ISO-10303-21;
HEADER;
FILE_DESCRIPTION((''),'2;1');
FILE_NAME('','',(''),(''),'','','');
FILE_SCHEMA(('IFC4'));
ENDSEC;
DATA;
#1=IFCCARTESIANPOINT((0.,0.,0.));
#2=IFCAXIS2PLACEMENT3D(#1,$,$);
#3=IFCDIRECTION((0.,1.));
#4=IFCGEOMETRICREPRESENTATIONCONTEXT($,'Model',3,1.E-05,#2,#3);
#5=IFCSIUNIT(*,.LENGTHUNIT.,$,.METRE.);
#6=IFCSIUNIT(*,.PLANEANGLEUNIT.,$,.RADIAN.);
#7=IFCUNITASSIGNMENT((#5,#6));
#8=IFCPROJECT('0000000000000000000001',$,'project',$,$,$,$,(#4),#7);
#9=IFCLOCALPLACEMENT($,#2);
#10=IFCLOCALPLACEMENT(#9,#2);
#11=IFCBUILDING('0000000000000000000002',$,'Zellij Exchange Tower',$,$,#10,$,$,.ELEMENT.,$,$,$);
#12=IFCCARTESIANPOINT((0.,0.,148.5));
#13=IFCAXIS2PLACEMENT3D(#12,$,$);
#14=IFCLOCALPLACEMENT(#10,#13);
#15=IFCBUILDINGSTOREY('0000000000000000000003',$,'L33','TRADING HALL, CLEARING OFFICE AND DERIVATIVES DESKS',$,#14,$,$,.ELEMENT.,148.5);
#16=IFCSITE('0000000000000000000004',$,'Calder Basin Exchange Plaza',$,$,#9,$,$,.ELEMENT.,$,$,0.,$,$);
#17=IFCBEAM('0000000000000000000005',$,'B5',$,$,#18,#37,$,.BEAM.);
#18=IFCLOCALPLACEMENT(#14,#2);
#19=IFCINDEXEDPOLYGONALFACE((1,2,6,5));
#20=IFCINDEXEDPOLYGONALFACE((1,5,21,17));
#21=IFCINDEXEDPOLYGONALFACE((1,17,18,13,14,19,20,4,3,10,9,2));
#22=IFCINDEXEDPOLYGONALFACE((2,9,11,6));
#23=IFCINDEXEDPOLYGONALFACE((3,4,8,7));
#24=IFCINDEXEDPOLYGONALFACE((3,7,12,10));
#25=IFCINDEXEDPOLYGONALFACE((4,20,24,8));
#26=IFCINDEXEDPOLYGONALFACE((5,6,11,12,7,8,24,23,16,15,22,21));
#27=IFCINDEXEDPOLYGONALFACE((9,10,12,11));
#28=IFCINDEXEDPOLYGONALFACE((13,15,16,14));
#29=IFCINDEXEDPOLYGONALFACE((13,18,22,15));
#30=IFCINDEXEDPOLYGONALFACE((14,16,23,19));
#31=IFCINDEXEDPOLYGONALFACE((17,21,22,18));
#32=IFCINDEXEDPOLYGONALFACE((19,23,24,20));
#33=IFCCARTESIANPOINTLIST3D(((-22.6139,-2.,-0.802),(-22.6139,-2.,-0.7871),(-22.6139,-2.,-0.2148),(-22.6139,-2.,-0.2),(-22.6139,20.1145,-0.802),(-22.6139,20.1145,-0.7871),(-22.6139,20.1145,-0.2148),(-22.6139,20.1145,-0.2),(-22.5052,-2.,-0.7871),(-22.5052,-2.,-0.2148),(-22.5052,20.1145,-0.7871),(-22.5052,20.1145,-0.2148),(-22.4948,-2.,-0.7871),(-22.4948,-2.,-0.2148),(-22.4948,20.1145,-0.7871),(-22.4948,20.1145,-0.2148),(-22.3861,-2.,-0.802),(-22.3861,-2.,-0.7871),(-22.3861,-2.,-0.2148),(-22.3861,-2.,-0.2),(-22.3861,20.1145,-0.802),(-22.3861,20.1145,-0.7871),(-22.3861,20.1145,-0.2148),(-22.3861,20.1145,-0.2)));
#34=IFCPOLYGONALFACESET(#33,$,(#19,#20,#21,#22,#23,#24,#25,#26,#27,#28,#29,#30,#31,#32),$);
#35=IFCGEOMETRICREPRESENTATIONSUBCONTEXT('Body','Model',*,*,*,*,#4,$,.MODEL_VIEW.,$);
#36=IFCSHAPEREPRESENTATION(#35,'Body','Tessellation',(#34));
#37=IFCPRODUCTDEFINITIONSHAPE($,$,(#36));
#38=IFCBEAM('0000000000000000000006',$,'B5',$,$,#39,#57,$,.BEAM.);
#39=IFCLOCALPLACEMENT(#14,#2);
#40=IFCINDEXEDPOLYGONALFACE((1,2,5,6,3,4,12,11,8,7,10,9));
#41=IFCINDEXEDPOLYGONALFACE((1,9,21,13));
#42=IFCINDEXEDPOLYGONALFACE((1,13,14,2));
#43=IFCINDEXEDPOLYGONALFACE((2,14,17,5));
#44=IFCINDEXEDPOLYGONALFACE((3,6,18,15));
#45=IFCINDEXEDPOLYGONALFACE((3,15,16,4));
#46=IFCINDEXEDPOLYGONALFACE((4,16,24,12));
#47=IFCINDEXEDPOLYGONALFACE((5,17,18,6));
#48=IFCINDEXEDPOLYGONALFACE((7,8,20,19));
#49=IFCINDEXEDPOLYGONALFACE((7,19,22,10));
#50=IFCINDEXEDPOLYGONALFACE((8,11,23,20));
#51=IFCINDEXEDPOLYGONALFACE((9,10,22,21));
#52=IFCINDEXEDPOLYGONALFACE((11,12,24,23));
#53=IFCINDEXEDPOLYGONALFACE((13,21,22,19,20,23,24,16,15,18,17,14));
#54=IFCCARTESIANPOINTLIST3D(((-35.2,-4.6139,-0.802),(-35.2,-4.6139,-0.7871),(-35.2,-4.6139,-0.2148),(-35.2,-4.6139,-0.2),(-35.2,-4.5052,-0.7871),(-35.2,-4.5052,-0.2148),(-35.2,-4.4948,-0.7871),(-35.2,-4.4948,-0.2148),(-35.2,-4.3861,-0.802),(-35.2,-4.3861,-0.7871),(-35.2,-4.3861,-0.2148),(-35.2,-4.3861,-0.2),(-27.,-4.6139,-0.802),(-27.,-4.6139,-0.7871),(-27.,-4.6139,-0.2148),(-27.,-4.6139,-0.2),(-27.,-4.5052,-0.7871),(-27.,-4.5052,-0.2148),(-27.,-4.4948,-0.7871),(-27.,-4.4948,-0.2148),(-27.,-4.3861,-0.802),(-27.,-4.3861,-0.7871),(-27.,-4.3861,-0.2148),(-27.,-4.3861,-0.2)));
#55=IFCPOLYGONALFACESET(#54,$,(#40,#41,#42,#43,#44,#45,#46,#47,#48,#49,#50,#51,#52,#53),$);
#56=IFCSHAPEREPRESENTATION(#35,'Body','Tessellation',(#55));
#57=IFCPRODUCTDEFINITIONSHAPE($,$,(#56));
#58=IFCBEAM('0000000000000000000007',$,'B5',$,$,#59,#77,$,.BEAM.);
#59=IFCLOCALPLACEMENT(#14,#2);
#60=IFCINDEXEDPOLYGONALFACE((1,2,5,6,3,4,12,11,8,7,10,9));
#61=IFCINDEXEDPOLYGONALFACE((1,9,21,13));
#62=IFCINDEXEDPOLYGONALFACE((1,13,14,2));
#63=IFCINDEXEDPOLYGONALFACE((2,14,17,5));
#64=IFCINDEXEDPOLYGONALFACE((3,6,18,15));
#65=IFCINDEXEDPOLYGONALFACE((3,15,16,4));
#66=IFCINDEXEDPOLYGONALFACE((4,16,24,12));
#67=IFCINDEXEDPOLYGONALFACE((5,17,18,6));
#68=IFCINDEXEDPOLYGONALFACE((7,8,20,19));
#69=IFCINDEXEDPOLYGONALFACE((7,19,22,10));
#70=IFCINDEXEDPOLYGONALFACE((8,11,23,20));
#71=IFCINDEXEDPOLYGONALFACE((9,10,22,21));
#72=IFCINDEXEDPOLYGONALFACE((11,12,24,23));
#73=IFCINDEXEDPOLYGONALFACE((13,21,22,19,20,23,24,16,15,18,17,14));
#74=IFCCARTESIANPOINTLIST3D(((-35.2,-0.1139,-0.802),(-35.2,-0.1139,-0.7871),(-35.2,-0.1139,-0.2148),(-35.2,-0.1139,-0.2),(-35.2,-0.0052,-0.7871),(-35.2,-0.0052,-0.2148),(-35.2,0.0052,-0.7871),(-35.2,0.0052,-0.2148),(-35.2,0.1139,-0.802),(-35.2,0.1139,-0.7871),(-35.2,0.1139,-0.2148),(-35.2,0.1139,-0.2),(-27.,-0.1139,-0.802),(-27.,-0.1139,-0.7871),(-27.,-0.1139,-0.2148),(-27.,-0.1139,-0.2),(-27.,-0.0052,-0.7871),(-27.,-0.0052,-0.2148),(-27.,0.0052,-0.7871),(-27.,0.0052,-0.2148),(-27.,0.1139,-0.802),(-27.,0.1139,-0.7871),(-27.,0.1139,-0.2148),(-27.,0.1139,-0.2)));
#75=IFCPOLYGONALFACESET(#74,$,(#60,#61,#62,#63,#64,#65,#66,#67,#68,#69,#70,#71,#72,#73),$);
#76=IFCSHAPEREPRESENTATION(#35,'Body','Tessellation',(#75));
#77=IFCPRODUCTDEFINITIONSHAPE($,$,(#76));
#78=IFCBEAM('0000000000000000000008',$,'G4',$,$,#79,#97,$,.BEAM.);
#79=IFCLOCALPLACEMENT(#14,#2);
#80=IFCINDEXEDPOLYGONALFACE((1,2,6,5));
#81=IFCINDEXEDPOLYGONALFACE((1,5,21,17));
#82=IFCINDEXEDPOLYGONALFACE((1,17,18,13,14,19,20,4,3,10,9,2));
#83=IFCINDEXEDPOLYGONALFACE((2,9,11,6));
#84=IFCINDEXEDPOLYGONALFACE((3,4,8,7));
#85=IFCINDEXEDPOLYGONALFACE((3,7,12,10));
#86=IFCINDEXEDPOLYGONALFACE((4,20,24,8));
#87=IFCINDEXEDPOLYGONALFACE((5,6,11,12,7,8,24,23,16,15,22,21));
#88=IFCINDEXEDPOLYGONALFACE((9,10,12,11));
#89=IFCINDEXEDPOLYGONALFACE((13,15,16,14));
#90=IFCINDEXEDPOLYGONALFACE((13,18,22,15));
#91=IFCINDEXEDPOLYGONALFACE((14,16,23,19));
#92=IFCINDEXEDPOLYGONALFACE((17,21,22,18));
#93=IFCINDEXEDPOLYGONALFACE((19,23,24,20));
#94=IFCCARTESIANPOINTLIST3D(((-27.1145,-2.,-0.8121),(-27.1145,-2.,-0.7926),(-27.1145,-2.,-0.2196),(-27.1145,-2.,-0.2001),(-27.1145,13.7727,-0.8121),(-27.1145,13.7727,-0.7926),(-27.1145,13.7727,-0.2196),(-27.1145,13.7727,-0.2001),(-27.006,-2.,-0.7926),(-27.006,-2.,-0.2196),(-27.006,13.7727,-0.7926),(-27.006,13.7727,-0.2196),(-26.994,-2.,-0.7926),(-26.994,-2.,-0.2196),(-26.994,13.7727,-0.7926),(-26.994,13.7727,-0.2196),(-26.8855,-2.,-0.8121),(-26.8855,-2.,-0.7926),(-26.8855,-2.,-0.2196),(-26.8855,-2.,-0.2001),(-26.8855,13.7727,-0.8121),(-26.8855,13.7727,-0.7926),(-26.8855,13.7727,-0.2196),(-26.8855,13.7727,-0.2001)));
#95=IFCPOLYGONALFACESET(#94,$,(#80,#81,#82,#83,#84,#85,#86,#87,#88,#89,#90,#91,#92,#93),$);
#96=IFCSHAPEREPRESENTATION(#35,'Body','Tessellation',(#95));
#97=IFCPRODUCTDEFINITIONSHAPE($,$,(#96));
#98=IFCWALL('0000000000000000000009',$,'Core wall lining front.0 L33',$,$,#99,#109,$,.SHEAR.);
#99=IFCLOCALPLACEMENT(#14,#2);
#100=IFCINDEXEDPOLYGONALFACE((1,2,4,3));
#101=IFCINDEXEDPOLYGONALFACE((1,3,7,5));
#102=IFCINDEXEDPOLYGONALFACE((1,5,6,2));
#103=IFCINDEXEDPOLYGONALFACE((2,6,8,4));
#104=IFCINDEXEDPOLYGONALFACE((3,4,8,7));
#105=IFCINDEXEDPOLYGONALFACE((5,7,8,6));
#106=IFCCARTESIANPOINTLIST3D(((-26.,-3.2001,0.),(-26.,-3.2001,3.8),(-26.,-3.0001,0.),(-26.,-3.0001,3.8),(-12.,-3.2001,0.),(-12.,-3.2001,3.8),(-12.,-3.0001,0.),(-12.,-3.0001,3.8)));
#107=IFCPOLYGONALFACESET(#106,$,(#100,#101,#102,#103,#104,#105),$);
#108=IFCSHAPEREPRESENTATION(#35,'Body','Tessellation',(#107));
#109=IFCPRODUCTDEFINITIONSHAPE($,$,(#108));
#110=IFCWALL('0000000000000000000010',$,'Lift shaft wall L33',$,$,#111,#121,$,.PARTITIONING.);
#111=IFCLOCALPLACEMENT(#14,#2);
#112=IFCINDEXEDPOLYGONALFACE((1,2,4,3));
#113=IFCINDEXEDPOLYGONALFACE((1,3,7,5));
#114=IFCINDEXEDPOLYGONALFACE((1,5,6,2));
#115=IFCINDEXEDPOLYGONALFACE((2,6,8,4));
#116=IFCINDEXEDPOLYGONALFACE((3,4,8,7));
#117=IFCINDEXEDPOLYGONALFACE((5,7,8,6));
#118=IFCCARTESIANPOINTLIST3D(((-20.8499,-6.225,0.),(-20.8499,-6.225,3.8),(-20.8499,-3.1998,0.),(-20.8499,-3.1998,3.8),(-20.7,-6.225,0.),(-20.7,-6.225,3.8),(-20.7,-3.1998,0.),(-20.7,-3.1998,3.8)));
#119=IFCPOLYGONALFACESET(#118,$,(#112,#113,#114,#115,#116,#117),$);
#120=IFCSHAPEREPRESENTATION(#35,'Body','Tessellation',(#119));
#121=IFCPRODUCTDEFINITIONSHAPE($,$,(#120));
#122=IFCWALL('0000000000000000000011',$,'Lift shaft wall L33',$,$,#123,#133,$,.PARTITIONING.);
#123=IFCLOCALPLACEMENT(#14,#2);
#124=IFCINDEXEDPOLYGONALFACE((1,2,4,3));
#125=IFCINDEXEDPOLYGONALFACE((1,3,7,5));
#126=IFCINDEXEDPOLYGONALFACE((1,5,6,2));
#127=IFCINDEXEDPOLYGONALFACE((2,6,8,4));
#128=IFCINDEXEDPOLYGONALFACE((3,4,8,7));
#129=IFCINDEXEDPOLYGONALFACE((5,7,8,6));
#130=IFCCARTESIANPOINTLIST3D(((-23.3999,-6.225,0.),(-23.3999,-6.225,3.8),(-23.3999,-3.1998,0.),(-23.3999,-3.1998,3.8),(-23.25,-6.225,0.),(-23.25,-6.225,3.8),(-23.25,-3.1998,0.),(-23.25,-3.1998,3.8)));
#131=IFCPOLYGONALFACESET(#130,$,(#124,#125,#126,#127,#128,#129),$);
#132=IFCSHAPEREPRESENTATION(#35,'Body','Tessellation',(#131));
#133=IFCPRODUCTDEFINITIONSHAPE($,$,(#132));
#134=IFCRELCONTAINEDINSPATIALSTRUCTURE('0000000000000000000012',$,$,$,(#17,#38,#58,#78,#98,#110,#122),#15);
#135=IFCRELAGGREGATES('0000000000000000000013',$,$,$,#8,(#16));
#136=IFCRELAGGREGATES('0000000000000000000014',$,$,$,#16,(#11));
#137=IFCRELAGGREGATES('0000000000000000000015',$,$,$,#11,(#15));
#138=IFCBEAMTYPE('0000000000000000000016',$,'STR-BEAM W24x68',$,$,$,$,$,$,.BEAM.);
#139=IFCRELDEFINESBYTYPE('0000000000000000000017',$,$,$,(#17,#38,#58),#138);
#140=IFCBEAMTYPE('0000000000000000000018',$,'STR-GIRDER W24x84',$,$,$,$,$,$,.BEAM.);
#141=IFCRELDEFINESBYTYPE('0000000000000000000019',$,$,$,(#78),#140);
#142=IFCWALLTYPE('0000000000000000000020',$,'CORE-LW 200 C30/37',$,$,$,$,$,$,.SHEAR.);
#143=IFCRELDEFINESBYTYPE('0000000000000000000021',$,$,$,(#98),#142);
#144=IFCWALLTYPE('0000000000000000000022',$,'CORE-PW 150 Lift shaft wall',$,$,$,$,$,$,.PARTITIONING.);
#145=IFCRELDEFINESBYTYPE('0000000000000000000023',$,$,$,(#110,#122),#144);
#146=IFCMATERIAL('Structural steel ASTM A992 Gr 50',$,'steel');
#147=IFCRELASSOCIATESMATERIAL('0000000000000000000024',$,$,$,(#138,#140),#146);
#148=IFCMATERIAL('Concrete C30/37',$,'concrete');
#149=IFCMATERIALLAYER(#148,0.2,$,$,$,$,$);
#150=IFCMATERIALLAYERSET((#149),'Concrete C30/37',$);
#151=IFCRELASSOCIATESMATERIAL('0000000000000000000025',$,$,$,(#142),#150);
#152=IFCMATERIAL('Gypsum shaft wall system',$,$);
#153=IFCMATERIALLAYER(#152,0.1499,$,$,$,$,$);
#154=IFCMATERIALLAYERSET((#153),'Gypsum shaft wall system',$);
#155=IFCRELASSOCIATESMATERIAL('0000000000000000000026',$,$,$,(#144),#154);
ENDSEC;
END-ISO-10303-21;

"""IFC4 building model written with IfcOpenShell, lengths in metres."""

from ifc_helpers import new_model, si_unit, direction, frame, frame_2d, origin, origin_2d, place, context, subcontext, project, spatial, rectangle, i_section, extrude, material, layer, layer_set, material_profile, profile_set, type_object, element, save


model = new_model("IFC4")

# Units and contexts
model_context = context("Model", 3, precision=1e-05, world=origin(), true_north=direction((0.0, 1.0)))
body_context = subcontext(model_context, "Body", "Model", "MODEL_VIEW")
ifc_project = project(units=[si_unit("LENGTHUNIT", "METRE"), si_unit("PLANEANGLEUNIT", "RADIAN")], contexts=[model_context])

# Site, building, storey
site_placement = place(None, origin())
site = spatial("IfcSite", under=ifc_project, at=site_placement, Name="Calder Basin Exchange Plaza", CompositionType="ELEMENT", RefElevation=0.0)
building_placement = place(site_placement, origin())
building = spatial("IfcBuilding", under=site, at=building_placement, Name="Zellij Exchange Tower", CompositionType="ELEMENT")
storey_placement = place(building_placement, frame((0.0, 0.0, 148.5)))
storey = spatial("IfcBuildingStorey", under=building, at=storey_placement, Name="L33", Description="TRADING HALL, CLEARING OFFICE AND DERIVATIVES DESKS", CompositionType="ELEMENT", Elevation=148.5)

# Beams
ifc_material_1 = material(Name="Structural steel ASTM A992 Gr 50", Category="steel")
ifc_material_profile_1 = material_profile(ifc_material_1, i_section(OverallWidth=0.2278, OverallDepth=0.6021, WebThickness=0.0105, FlangeThickness=0.0149, at=origin_2d()), Name="W24x68")
ifc_profile_set_1 = profile_set([ifc_material_profile_1], Name="Structural steel ASTM A992 Gr 50")
beam_type_1 = type_object("IfcBeamType", Name="STR-BEAM W24x68", PredefinedType="BEAM", material=ifc_profile_set_1)
beam_1_placement = place(storey_placement, frame((-22.5, -2.0, -0.501), z_axis=(0.0, 1.0, 0.0), x_axis=(-1.0, 0.0, 0.0)))
element("IfcBeam", 1, at=beam_1_placement, inside=storey, type_object=beam_type_1, Name="B5", PredefinedType="BEAM", context=body_context, shape_type="SweptSolid", body=[
    extrude(i_section(OverallWidth=0.2278, OverallDepth=0.6021, WebThickness=0.0105, FlangeThickness=0.0149, at=origin_2d()), origin(), (0.0, 0.0, 1.0), 22.1145),
])
for number, where, z_axis, x_axis, name in (
    (2, (-35.2, -4.5, -0.501), (1.0, 0.0, 0.0), (0.0, 1.0, 0.0), "B5"),
    (3, (-35.2, 0.0, -0.501), (1.0, 0.0, 0.0), (0.0, 1.0, 0.0), "B5"),
):
    element("IfcBeam", number, at=place(storey_placement, frame(where, z_axis=z_axis, x_axis=x_axis)), inside=storey, type_object=beam_type_1, Name=name, PredefinedType="BEAM", context=body_context, shape_type="SweptSolid", body=[
        extrude(i_section(OverallWidth=0.2278, OverallDepth=0.6021, WebThickness=0.0105, FlangeThickness=0.0149, at=origin_2d()), origin(), (0.0, 0.0, 1.0), 8.2),
    ])
ifc_material_profile_2 = material_profile(ifc_material_1, i_section(OverallWidth=0.229, OverallDepth=0.6121, WebThickness=0.012, FlangeThickness=0.0195, at=origin_2d()), Name="W24x84")
ifc_profile_set_2 = profile_set([ifc_material_profile_2], Name="Structural steel ASTM A992 Gr 50")
beam_type_2 = type_object("IfcBeamType", Name="STR-GIRDER W24x84", PredefinedType="BEAM", material=ifc_profile_set_2)
beam_2_placement = place(storey_placement, frame((-27.0, -2.0, -0.5061), z_axis=(0.0, 1.0, 0.0), x_axis=(-1.0, 0.0, 0.0)))
element("IfcBeam", 4, at=beam_2_placement, inside=storey, type_object=beam_type_2, Name="G4", PredefinedType="BEAM", context=body_context, shape_type="SweptSolid", body=[
    extrude(i_section(OverallWidth=0.229, OverallDepth=0.6121, WebThickness=0.012, FlangeThickness=0.0195, at=origin_2d()), origin(), (0.0, 0.0, 1.0), 15.7727),
])

# Walls
ifc_material_2 = material(Name="Concrete C30/37", Category="concrete")
ifc_layer_1 = layer(ifc_material_2, 0.2)
ifc_layer_set_1 = layer_set([ifc_layer_1], Name="Concrete C30/37")
wall_type_1 = type_object("IfcWallType", Name="CORE-LW 200 C30/37", PredefinedType="SHEAR", material=ifc_layer_set_1)
wall_1_placement = place(storey_placement, frame((-26.0, -3.1001, 0.0), z_axis=(0.0, 0.0, 1.0), x_axis=(1.0, 0.0, 0.0)))
element("IfcWall", 5, at=wall_1_placement, inside=storey, type_object=wall_type_1, Name="Core wall lining front.0 L33", PredefinedType="SHEAR", context=body_context, shape_type="SweptSolid", body=[
    extrude(rectangle(XDim=14.0, YDim=0.2, at=frame_2d((7.0, 0.0))), origin(), (0.0, 0.0, 1.0), 3.8),
])
ifc_material_3 = material(Name="Gypsum shaft wall system")
ifc_layer_2 = layer(ifc_material_3, 0.1499)
ifc_layer_set_2 = layer_set([ifc_layer_2], Name="Gypsum shaft wall system")
wall_type_2 = type_object("IfcWallType", Name="CORE-PW 150 Lift shaft wall", PredefinedType="PARTITIONING", material=ifc_layer_set_2)
for number, where, z_axis, x_axis, name in (
    (6, (-20.7749, -6.2251, 0.0), (0.0, 0.0, 1.0), (0.0, 1.0, 0.0), "Lift shaft wall L33"),
    (7, (-23.325, -6.2251, 0.0), (0.0, 0.0, 1.0), (0.0, 1.0, 0.0), "Lift shaft wall L33"),
):
    element("IfcWall", number, at=place(storey_placement, frame(where, z_axis=z_axis, x_axis=x_axis)), inside=storey, type_object=wall_type_2, Name=name, PredefinedType="PARTITIONING", context=body_context, shape_type="SweptSolid", body=[
        extrude(rectangle(XDim=3.0251, YDim=0.1499, at=frame_2d((1.5127, 0.0))), origin(), (0.0, 0.0, 1.0), 3.8),
    ])

save(model, "model.ifc")
